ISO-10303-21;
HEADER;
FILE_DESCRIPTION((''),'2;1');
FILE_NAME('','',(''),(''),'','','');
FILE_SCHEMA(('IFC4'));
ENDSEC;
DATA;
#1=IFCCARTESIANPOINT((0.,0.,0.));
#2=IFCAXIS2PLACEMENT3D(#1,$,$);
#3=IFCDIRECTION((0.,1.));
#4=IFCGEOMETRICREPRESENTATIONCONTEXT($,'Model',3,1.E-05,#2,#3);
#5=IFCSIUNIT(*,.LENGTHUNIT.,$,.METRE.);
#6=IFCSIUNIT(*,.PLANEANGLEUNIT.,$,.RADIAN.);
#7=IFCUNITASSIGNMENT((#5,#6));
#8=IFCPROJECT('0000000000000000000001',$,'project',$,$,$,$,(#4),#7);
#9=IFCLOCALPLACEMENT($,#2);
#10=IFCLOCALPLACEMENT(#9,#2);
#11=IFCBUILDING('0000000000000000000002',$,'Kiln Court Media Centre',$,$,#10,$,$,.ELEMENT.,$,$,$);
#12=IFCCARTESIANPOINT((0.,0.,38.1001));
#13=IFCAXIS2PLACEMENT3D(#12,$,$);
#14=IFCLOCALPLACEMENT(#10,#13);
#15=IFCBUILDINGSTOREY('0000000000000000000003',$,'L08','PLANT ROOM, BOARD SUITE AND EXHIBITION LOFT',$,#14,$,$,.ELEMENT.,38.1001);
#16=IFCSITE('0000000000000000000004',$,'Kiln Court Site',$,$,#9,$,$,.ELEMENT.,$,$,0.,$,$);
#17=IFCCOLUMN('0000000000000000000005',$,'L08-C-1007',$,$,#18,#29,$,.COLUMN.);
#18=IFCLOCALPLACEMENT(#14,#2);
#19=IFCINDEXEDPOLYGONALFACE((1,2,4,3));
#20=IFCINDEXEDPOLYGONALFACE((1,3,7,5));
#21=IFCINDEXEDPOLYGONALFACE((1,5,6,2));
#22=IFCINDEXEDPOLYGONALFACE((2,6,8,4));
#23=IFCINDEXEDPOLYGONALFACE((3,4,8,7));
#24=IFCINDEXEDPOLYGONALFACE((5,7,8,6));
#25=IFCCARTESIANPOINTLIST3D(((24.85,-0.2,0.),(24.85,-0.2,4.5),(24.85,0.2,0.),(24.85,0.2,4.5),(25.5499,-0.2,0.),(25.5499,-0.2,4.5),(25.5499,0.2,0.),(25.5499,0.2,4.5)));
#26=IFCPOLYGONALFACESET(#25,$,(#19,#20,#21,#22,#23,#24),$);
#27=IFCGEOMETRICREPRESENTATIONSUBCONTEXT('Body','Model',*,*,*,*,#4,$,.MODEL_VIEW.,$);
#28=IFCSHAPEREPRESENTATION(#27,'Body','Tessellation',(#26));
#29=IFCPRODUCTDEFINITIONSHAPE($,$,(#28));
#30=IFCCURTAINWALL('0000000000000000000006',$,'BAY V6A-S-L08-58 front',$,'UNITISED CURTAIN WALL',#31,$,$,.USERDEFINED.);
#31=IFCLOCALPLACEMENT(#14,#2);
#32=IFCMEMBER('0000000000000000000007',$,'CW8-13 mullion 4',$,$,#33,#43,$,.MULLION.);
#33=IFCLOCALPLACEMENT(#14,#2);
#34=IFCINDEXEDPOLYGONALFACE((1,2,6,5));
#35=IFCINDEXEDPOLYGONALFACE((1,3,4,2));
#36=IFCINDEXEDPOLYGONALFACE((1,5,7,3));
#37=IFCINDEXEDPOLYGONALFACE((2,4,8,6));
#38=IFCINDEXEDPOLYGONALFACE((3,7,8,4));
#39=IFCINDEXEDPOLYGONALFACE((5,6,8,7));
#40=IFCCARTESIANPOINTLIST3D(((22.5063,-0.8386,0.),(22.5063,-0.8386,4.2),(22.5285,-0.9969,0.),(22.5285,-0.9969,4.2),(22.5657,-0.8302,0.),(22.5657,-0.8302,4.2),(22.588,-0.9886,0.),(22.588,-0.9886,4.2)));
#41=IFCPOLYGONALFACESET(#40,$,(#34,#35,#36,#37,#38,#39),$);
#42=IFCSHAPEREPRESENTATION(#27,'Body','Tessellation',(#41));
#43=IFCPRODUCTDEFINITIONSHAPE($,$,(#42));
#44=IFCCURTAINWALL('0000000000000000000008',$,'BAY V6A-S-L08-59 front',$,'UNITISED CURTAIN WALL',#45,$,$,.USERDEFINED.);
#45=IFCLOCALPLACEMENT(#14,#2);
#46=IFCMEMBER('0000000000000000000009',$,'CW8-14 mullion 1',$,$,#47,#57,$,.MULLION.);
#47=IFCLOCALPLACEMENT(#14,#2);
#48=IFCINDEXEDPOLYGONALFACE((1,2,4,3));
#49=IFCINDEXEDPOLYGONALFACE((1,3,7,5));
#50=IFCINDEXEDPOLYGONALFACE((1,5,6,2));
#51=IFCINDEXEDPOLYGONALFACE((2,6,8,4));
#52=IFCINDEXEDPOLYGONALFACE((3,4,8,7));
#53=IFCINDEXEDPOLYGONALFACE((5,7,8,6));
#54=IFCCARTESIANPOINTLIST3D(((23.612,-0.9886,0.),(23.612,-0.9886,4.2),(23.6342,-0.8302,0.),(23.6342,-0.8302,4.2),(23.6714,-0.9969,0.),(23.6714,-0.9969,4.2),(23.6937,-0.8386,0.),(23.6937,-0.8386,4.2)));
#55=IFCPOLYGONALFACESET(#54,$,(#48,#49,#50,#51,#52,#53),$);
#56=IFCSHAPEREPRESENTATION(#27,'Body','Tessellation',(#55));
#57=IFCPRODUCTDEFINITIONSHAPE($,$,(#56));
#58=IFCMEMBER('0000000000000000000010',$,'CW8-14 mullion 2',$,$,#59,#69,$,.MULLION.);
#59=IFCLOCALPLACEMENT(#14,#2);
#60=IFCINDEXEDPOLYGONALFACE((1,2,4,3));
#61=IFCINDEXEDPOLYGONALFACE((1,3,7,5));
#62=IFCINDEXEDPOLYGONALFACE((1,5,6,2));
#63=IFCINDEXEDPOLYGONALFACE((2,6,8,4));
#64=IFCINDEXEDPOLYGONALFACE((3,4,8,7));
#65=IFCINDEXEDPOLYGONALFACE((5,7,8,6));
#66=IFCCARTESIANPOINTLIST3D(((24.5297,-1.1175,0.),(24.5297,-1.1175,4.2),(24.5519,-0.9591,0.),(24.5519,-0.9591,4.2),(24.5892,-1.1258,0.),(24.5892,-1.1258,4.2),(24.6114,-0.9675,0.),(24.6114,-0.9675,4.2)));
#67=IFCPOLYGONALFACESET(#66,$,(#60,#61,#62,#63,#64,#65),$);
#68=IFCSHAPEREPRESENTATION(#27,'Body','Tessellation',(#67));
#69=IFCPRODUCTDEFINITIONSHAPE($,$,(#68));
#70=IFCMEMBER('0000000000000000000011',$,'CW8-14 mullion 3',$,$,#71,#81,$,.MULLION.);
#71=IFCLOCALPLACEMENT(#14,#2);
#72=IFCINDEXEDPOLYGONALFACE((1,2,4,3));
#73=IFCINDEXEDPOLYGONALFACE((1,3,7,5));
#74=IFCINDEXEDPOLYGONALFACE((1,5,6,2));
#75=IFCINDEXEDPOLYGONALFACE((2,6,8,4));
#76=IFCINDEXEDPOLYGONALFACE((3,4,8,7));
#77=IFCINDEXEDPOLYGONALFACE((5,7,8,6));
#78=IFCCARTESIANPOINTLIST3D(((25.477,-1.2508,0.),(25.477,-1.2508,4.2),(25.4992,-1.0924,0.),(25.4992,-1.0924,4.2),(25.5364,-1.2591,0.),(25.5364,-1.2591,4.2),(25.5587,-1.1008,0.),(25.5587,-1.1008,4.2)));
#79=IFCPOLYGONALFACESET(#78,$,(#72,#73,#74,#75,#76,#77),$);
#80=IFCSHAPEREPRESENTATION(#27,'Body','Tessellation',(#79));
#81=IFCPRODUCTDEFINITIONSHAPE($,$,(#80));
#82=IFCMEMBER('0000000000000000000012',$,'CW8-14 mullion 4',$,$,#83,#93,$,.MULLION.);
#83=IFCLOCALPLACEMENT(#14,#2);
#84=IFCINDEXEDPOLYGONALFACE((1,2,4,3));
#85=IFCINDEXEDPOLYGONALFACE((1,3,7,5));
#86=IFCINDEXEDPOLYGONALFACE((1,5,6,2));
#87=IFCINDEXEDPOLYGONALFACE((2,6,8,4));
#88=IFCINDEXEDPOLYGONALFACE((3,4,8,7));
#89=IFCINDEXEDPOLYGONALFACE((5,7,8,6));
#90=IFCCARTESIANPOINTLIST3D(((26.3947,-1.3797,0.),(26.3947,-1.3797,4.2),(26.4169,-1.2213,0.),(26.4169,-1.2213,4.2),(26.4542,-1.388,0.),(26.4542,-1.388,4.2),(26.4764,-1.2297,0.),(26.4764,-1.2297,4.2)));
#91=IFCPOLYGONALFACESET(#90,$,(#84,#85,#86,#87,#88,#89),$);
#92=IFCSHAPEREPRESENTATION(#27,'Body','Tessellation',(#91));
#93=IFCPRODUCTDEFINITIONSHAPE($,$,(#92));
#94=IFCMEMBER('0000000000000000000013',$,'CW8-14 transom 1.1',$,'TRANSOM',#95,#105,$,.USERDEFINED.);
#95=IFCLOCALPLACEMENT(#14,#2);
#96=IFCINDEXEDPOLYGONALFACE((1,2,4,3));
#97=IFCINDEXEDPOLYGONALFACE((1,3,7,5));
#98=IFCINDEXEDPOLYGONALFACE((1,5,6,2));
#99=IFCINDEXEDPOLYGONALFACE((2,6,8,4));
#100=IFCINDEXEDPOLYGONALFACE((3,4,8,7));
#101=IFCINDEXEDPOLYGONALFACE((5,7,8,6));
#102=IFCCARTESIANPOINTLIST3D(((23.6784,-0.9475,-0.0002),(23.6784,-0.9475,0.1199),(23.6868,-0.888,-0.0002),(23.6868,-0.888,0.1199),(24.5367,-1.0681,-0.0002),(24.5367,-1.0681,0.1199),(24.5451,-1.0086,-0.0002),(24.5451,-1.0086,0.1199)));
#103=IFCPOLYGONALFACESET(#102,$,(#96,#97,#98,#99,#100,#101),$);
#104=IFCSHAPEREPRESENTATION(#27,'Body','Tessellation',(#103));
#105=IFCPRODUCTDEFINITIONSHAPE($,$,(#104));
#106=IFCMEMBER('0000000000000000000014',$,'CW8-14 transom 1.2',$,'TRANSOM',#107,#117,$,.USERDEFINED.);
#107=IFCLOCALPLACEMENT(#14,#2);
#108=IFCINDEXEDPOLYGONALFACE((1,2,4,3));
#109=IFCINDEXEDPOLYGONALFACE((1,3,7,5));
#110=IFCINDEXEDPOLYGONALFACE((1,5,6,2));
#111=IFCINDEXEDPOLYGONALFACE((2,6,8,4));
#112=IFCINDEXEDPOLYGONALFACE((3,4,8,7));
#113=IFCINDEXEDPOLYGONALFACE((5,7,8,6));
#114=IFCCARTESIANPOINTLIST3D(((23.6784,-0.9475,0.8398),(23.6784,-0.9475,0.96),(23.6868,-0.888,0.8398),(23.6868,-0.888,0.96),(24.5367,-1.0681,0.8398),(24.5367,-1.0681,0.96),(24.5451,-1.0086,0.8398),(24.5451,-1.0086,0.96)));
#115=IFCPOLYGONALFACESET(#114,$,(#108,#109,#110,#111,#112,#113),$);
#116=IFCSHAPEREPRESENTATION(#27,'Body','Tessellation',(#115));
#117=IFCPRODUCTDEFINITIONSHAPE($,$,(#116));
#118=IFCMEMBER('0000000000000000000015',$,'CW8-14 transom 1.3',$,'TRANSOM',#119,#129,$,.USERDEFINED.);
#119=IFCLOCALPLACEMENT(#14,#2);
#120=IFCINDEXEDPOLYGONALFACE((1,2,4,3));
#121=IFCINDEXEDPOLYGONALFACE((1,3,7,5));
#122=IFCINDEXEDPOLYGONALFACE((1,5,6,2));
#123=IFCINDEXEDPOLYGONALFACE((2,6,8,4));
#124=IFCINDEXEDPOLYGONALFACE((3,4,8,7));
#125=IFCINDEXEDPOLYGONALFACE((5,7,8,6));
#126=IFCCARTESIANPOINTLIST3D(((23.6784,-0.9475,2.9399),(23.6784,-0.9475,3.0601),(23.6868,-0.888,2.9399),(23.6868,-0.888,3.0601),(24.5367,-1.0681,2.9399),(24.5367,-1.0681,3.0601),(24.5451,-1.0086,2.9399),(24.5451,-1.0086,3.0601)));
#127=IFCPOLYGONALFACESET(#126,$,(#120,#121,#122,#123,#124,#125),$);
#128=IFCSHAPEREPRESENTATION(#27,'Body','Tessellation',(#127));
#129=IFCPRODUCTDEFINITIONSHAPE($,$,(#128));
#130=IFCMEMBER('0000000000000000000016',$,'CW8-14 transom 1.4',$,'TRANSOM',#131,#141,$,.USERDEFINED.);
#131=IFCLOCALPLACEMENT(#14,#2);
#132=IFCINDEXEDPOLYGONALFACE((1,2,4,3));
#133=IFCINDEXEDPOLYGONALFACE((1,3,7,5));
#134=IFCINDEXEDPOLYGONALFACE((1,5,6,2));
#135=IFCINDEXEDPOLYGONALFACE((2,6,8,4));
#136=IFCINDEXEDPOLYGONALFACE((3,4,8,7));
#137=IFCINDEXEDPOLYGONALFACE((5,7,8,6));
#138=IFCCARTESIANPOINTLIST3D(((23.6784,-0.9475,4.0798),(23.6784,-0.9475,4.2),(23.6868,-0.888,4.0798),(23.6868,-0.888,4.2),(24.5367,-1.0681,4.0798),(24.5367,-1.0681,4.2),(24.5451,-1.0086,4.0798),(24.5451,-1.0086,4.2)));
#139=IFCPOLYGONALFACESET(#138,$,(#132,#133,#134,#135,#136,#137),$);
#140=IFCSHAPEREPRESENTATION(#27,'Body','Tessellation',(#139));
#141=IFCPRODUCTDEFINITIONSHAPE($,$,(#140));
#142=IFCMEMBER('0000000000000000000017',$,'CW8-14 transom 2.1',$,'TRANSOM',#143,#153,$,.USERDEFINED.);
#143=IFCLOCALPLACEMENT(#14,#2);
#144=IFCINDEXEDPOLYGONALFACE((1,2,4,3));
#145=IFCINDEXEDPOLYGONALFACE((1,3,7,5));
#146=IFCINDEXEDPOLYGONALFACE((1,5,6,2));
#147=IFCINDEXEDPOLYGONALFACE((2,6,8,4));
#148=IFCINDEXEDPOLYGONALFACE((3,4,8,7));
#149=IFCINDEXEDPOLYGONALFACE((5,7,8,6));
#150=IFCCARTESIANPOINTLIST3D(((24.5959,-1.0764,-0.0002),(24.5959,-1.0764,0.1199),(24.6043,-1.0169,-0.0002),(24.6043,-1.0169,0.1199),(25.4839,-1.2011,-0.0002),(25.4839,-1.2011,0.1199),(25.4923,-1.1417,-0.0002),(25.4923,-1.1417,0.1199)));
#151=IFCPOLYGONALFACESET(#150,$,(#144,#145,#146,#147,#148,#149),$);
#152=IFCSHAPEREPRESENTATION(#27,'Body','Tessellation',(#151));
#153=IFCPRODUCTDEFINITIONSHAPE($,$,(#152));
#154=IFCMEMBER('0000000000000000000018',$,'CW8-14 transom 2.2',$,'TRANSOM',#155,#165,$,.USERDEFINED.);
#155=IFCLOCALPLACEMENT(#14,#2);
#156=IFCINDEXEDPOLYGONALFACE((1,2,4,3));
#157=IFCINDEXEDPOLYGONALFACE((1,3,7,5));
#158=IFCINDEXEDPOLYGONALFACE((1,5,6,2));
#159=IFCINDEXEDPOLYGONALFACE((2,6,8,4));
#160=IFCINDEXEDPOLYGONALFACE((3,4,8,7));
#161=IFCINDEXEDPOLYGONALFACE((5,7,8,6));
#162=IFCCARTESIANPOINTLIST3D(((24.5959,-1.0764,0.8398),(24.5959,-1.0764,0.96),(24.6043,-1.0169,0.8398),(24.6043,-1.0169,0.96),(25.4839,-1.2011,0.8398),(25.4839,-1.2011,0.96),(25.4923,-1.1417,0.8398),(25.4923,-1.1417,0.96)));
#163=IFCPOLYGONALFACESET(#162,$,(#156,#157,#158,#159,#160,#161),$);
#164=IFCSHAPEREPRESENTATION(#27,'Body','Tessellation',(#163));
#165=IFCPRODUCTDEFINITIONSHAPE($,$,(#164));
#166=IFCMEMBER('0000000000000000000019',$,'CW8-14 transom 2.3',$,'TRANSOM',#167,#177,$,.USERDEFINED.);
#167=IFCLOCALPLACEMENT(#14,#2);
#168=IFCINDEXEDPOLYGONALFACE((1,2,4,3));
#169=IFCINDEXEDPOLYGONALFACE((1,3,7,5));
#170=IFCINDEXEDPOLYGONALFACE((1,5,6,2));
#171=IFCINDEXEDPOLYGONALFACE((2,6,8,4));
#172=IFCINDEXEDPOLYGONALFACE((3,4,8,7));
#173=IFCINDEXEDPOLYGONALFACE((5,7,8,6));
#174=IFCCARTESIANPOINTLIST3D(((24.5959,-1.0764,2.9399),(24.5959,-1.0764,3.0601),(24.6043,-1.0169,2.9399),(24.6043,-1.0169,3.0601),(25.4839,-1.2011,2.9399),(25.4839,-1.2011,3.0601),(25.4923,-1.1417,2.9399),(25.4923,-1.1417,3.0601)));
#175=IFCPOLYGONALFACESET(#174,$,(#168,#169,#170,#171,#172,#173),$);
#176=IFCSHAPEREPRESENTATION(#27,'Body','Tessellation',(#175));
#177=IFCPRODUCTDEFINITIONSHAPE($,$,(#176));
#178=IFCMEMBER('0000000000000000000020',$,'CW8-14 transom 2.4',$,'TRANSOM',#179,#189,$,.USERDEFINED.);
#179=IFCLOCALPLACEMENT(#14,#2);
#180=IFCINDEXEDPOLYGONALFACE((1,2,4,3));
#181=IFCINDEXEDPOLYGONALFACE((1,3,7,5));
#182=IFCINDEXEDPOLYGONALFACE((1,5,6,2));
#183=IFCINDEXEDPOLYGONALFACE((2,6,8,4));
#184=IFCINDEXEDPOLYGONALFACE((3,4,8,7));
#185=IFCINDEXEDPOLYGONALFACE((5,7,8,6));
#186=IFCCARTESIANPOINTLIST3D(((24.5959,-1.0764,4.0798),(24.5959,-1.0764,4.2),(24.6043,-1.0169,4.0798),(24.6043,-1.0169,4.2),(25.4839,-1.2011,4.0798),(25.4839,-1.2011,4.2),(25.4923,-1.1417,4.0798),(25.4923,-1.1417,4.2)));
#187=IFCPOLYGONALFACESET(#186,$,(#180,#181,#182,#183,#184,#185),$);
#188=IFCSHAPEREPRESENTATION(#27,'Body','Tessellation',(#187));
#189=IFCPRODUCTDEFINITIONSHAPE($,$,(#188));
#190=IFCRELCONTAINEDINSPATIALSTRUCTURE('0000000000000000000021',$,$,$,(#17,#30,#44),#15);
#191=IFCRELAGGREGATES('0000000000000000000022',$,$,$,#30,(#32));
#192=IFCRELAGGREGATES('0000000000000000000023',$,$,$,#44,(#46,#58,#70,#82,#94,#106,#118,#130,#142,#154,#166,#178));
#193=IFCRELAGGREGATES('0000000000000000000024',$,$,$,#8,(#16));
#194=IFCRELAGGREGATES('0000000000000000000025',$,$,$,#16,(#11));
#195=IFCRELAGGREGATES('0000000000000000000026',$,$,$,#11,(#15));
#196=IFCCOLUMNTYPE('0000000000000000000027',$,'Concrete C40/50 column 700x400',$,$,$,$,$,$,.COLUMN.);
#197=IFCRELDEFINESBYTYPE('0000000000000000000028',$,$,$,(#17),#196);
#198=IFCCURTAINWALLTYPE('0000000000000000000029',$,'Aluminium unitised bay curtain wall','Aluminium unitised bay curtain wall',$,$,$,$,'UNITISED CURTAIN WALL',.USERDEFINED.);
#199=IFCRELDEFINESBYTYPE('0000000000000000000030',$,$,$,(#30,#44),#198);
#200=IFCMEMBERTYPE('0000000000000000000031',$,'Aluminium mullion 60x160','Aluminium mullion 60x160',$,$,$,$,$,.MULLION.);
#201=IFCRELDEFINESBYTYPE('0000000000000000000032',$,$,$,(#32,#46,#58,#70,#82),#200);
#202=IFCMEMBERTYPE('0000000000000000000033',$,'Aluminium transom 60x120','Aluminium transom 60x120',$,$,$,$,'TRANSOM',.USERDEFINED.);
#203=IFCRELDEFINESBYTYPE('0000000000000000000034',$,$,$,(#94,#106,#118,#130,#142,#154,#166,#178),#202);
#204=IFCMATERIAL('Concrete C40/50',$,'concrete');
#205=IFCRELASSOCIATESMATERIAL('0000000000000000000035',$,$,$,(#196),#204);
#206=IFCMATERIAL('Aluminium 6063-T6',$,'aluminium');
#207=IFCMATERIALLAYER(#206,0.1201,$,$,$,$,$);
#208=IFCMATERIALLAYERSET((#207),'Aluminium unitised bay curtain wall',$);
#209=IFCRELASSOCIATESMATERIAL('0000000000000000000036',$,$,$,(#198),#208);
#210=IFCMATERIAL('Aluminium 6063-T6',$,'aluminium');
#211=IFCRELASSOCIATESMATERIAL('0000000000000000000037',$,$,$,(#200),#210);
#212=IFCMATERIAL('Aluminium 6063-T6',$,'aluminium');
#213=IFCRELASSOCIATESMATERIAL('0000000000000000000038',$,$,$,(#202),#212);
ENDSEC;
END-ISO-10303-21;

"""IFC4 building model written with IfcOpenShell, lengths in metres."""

from ifc_helpers import new_model, si_unit, direction, frame, origin, origin_2d, place, context, subcontext, project, spatial, rectangle, extrude, material, layer, layer_set, material_profile, profile_set, type_object, element, aggregate, save


model = new_model("IFC4")

# Units and contexts
model_context = context("Model", 3, precision=1e-05, world=origin(), true_north=direction((0.0, 1.0)))
body_context = subcontext(model_context, "Body", "Model", "MODEL_VIEW")
ifc_project = project(units=[si_unit("LENGTHUNIT", "METRE"), si_unit("PLANEANGLEUNIT", "RADIAN")], contexts=[model_context])

# Site, building, storey
site_placement = place(None, origin())
site = spatial("IfcSite", under=ifc_project, at=site_placement, Name="Kiln Court Site", CompositionType="ELEMENT", RefElevation=0.0)
building_placement = place(site_placement, origin())
building = spatial("IfcBuilding", under=site, at=building_placement, Name="Kiln Court Media Centre", CompositionType="ELEMENT")
storey_placement = place(building_placement, frame((0.0, 0.0, 38.1001)))
storey = spatial("IfcBuildingStorey", under=building, at=storey_placement, Name="L08", Description="PLANT ROOM, BOARD SUITE AND EXHIBITION LOFT", CompositionType="ELEMENT", Elevation=38.1001)

# Column
ifc_material_1 = material(Name="Concrete C40/50", Category="concrete")
ifc_material_profile_1 = material_profile(ifc_material_1, rectangle(XDim=0.7, YDim=0.3999, at=origin_2d()), Name="RC 700x400")
ifc_profile_set_1 = profile_set([ifc_material_profile_1], Name="Concrete C40/50")
column_type = type_object("IfcColumnType", Name="Concrete C40/50 column 700x400", PredefinedType="COLUMN", material=ifc_profile_set_1)
column_placement = place(storey_placement, frame((25.2, 0.0, 0.0), z_axis=(0.0, 0.0, 1.0), x_axis=(1.0, 0.0, 0.0)))
element("IfcColumn", 1, at=column_placement, inside=storey, type_object=column_type, Name="L08-C-1007", PredefinedType="COLUMN", context=body_context, shape_type="SweptSolid", body=[
    extrude(rectangle(XDim=0.7, YDim=0.3999, at=origin_2d()), origin(), (0.0, 0.0, 1.0), 4.5),
])

# Curtain wall, member
ifc_material_2 = material(Name="Aluminium 6063-T6", Category="aluminium")
ifc_layer_1 = layer(ifc_material_2, 0.1201)
ifc_layer_set_1 = layer_set([ifc_layer_1], Name="Aluminium unitised bay curtain wall")
curtain_wall_type = type_object("IfcCurtainWallType", Name="Aluminium unitised bay curtain wall", Description="Aluminium unitised bay curtain wall", ElementType="UNITISED CURTAIN WALL", PredefinedType="USERDEFINED", material=ifc_layer_set_1)
curtain_wall_1_placement = place(storey_placement, origin())
curtain_wall_1 = element("IfcCurtainWall", 2, at=curtain_wall_1_placement, inside=storey, type_object=curtain_wall_type, Name="BAY V6A-S-L08-58 front", ObjectType="UNITISED CURTAIN WALL", PredefinedType="USERDEFINED")
ifc_material_3 = material(Name="Aluminium 6063-T6", Category="aluminium")
ifc_material_profile_2 = material_profile(ifc_material_3, rectangle(XDim=0.0601, YDim=0.1599, at=origin_2d()), Name="Aluminium mullion 60x160")
ifc_profile_set_2 = profile_set([ifc_material_profile_2], Name="Aluminium 6063-T6")
member_type_1 = type_object("IfcMemberType", Name="Aluminium mullion 60x160", Description="Aluminium mullion 60x160", PredefinedType="MULLION", material=ifc_profile_set_2)
member_1_placement = place(storey_placement, frame((22.5471, -0.9136, 0.0), z_axis=(0.0, 0.0, 1.0), x_axis=(0.99027, 0.139162, 0.0)))
member_1 = element("IfcMember", 3, at=member_1_placement, type_object=member_type_1, Name="CW8-13 mullion 4", PredefinedType="MULLION", context=body_context, shape_type="SweptSolid", body=[
    extrude(rectangle(XDim=0.0601, YDim=0.1599, at=origin_2d()), origin(), (0.0, 0.0, 1.0), 4.2),
])
aggregate(curtain_wall_1, [member_1])

# Curtain wall, members
curtain_wall_2_placement = place(storey_placement, origin())
curtain_wall_2 = element("IfcCurtainWall", 4, at=curtain_wall_2_placement, inside=storey, type_object=curtain_wall_type, Name="BAY V6A-S-L08-59 front", ObjectType="UNITISED CURTAIN WALL", PredefinedType="USERDEFINED")
member_2_placement = place(storey_placement, frame((23.6528, -0.9136, 0.0), z_axis=(0.0, 0.0, 1.0), x_axis=(0.99027, -0.139162, 0.0)))
member_2 = element("IfcMember", 5, at=member_2_placement, type_object=member_type_1, Name="CW8-14 mullion 1", PredefinedType="MULLION", context=body_context, shape_type="SweptSolid", body=[
    extrude(rectangle(XDim=0.0601, YDim=0.1599, at=origin_2d()), origin(), (0.0, 0.0, 1.0), 4.2),
])
member_3_placement = place(storey_placement, frame((24.5706, -1.0425, 0.0), z_axis=(0.0, 0.0, 1.0), x_axis=(0.99027, -0.139162, 0.0)))
member_3 = element("IfcMember", 6, at=member_3_placement, type_object=member_type_1, Name="CW8-14 mullion 2", PredefinedType="MULLION", context=body_context, shape_type="SweptSolid", body=[
    extrude(rectangle(XDim=0.0601, YDim=0.1599, at=origin_2d()), origin(), (0.0, 0.0, 1.0), 4.2),
])
member_4_placement = place(storey_placement, frame((25.5178, -1.1758, 0.0), z_axis=(0.0, 0.0, 1.0), x_axis=(0.99027, -0.139162, 0.0)))
member_4 = element("IfcMember", 7, at=member_4_placement, type_object=member_type_1, Name="CW8-14 mullion 3", PredefinedType="MULLION", context=body_context, shape_type="SweptSolid", body=[
    extrude(rectangle(XDim=0.0601, YDim=0.1599, at=origin_2d()), origin(), (0.0, 0.0, 1.0), 4.2),
])
member_5_placement = place(storey_placement, frame((26.4355, -1.3047, 0.0), z_axis=(0.0, 0.0, 1.0), x_axis=(0.99027, -0.139162, 0.0)))
member_5 = element("IfcMember", 8, at=member_5_placement, type_object=member_type_1, Name="CW8-14 mullion 4", PredefinedType="MULLION", context=body_context, shape_type="SweptSolid", body=[
    extrude(rectangle(XDim=0.0601, YDim=0.1599, at=origin_2d()), origin(), (0.0, 0.0, 1.0), 4.2),
])
ifc_material_4 = material(Name="Aluminium 6063-T6", Category="aluminium")
ifc_material_profile_3 = material_profile(ifc_material_4, rectangle(XDim=0.0601, YDim=0.1201, at=origin_2d()), Name="Aluminium transom 60x120")
ifc_profile_set_3 = profile_set([ifc_material_profile_3], Name="Aluminium 6063-T6")
member_type_2 = type_object("IfcMemberType", Name="Aluminium transom 60x120", Description="Aluminium transom 60x120", ElementType="TRANSOM", PredefinedType="USERDEFINED", material=ifc_profile_set_3)
member_6_placement = place(storey_placement, frame((23.6826, -0.9177, 0.0598), z_axis=(0.990268, -0.139173, 0.0), x_axis=(0.139173, 0.990268, 0.0)))
member_6 = element("IfcMember", 9, at=member_6_placement, type_object=member_type_2, Name="CW8-14 transom 1.1", ObjectType="TRANSOM", PredefinedType="USERDEFINED", context=body_context, shape_type="SweptSolid", body=[
    extrude(rectangle(XDim=0.0601, YDim=0.1201, at=origin_2d()), origin(), (0.0, 0.0, 1.0), 0.8667),
])
member_7_placement = place(storey_placement, frame((23.6826, -0.9177, 0.8999), z_axis=(0.990268, -0.139173, 0.0), x_axis=(0.139173, 0.990268, 0.0)))
member_7 = element("IfcMember", 10, at=member_7_placement, type_object=member_type_2, Name="CW8-14 transom 1.2", ObjectType="TRANSOM", PredefinedType="USERDEFINED", context=body_context, shape_type="SweptSolid", body=[
    extrude(rectangle(XDim=0.0601, YDim=0.1201, at=origin_2d()), origin(), (0.0, 0.0, 1.0), 0.8667),
])
member_8_placement = place(storey_placement, frame((23.6826, -0.9177, 3.0), z_axis=(0.990268, -0.139173, 0.0), x_axis=(0.139173, 0.990268, 0.0)))
member_8 = element("IfcMember", 11, at=member_8_placement, type_object=member_type_2, Name="CW8-14 transom 1.3", ObjectType="TRANSOM", PredefinedType="USERDEFINED", context=body_context, shape_type="SweptSolid", body=[
    extrude(rectangle(XDim=0.0601, YDim=0.1201, at=origin_2d()), origin(), (0.0, 0.0, 1.0), 0.8667),
])
member_9_placement = place(storey_placement, frame((23.6826, -0.9177, 4.1399), z_axis=(0.990268, -0.139173, 0.0), x_axis=(0.139173, 0.990268, 0.0)))
member_9 = element("IfcMember", 12, at=member_9_placement, type_object=member_type_2, Name="CW8-14 transom 1.4", ObjectType="TRANSOM", PredefinedType="USERDEFINED", context=body_context, shape_type="SweptSolid", body=[
    extrude(rectangle(XDim=0.0601, YDim=0.1201, at=origin_2d()), origin(), (0.0, 0.0, 1.0), 0.8667),
])
member_10_placement = place(storey_placement, frame((24.6001, -1.0466, 0.0598), z_axis=(0.990274, -0.139134, 0.0), x_axis=(0.139134, 0.990274, 0.0)))
member_10 = element("IfcMember", 13, at=member_10_placement, type_object=member_type_2, Name="CW8-14 transom 2.1", ObjectType="TRANSOM", PredefinedType="USERDEFINED", context=body_context, shape_type="SweptSolid", body=[
    extrude(rectangle(XDim=0.0601, YDim=0.1201, at=origin_2d()), origin(), (0.0, 0.0, 1.0), 0.8967),
])
member_11_placement = place(storey_placement, frame((24.6001, -1.0466, 0.8999), z_axis=(0.990274, -0.139134, 0.0), x_axis=(0.139134, 0.990274, 0.0)))
member_11 = element("IfcMember", 14, at=member_11_placement, type_object=member_type_2, Name="CW8-14 transom 2.2", ObjectType="TRANSOM", PredefinedType="USERDEFINED", context=body_context, shape_type="SweptSolid", body=[
    extrude(rectangle(XDim=0.0601, YDim=0.1201, at=origin_2d()), origin(), (0.0, 0.0, 1.0), 0.8967),
])
member_12_placement = place(storey_placement, frame((24.6001, -1.0466, 3.0), z_axis=(0.990274, -0.139134, 0.0), x_axis=(0.139134, 0.990274, 0.0)))
member_12 = element("IfcMember", 15, at=member_12_placement, type_object=member_type_2, Name="CW8-14 transom 2.3", ObjectType="TRANSOM", PredefinedType="USERDEFINED", context=body_context, shape_type="SweptSolid", body=[
    extrude(rectangle(XDim=0.0601, YDim=0.1201, at=origin_2d()), origin(), (0.0, 0.0, 1.0), 0.8967),
])
member_13_placement = place(storey_placement, frame((24.6001, -1.0466, 4.1399), z_axis=(0.990274, -0.139134, 0.0), x_axis=(0.139134, 0.990274, 0.0)))
member_13 = element("IfcMember", 16, at=member_13_placement, type_object=member_type_2, Name="CW8-14 transom 2.4", ObjectType="TRANSOM", PredefinedType="USERDEFINED", context=body_context, shape_type="SweptSolid", body=[
    extrude(rectangle(XDim=0.0601, YDim=0.1201, at=origin_2d()), origin(), (0.0, 0.0, 1.0), 0.8967),
])

aggregate(curtain_wall_2, [member_2, member_3, member_4, member_5, member_6, member_7, member_8, member_9, member_10, member_11, member_12, member_13])

save(model, "model.ifc")
